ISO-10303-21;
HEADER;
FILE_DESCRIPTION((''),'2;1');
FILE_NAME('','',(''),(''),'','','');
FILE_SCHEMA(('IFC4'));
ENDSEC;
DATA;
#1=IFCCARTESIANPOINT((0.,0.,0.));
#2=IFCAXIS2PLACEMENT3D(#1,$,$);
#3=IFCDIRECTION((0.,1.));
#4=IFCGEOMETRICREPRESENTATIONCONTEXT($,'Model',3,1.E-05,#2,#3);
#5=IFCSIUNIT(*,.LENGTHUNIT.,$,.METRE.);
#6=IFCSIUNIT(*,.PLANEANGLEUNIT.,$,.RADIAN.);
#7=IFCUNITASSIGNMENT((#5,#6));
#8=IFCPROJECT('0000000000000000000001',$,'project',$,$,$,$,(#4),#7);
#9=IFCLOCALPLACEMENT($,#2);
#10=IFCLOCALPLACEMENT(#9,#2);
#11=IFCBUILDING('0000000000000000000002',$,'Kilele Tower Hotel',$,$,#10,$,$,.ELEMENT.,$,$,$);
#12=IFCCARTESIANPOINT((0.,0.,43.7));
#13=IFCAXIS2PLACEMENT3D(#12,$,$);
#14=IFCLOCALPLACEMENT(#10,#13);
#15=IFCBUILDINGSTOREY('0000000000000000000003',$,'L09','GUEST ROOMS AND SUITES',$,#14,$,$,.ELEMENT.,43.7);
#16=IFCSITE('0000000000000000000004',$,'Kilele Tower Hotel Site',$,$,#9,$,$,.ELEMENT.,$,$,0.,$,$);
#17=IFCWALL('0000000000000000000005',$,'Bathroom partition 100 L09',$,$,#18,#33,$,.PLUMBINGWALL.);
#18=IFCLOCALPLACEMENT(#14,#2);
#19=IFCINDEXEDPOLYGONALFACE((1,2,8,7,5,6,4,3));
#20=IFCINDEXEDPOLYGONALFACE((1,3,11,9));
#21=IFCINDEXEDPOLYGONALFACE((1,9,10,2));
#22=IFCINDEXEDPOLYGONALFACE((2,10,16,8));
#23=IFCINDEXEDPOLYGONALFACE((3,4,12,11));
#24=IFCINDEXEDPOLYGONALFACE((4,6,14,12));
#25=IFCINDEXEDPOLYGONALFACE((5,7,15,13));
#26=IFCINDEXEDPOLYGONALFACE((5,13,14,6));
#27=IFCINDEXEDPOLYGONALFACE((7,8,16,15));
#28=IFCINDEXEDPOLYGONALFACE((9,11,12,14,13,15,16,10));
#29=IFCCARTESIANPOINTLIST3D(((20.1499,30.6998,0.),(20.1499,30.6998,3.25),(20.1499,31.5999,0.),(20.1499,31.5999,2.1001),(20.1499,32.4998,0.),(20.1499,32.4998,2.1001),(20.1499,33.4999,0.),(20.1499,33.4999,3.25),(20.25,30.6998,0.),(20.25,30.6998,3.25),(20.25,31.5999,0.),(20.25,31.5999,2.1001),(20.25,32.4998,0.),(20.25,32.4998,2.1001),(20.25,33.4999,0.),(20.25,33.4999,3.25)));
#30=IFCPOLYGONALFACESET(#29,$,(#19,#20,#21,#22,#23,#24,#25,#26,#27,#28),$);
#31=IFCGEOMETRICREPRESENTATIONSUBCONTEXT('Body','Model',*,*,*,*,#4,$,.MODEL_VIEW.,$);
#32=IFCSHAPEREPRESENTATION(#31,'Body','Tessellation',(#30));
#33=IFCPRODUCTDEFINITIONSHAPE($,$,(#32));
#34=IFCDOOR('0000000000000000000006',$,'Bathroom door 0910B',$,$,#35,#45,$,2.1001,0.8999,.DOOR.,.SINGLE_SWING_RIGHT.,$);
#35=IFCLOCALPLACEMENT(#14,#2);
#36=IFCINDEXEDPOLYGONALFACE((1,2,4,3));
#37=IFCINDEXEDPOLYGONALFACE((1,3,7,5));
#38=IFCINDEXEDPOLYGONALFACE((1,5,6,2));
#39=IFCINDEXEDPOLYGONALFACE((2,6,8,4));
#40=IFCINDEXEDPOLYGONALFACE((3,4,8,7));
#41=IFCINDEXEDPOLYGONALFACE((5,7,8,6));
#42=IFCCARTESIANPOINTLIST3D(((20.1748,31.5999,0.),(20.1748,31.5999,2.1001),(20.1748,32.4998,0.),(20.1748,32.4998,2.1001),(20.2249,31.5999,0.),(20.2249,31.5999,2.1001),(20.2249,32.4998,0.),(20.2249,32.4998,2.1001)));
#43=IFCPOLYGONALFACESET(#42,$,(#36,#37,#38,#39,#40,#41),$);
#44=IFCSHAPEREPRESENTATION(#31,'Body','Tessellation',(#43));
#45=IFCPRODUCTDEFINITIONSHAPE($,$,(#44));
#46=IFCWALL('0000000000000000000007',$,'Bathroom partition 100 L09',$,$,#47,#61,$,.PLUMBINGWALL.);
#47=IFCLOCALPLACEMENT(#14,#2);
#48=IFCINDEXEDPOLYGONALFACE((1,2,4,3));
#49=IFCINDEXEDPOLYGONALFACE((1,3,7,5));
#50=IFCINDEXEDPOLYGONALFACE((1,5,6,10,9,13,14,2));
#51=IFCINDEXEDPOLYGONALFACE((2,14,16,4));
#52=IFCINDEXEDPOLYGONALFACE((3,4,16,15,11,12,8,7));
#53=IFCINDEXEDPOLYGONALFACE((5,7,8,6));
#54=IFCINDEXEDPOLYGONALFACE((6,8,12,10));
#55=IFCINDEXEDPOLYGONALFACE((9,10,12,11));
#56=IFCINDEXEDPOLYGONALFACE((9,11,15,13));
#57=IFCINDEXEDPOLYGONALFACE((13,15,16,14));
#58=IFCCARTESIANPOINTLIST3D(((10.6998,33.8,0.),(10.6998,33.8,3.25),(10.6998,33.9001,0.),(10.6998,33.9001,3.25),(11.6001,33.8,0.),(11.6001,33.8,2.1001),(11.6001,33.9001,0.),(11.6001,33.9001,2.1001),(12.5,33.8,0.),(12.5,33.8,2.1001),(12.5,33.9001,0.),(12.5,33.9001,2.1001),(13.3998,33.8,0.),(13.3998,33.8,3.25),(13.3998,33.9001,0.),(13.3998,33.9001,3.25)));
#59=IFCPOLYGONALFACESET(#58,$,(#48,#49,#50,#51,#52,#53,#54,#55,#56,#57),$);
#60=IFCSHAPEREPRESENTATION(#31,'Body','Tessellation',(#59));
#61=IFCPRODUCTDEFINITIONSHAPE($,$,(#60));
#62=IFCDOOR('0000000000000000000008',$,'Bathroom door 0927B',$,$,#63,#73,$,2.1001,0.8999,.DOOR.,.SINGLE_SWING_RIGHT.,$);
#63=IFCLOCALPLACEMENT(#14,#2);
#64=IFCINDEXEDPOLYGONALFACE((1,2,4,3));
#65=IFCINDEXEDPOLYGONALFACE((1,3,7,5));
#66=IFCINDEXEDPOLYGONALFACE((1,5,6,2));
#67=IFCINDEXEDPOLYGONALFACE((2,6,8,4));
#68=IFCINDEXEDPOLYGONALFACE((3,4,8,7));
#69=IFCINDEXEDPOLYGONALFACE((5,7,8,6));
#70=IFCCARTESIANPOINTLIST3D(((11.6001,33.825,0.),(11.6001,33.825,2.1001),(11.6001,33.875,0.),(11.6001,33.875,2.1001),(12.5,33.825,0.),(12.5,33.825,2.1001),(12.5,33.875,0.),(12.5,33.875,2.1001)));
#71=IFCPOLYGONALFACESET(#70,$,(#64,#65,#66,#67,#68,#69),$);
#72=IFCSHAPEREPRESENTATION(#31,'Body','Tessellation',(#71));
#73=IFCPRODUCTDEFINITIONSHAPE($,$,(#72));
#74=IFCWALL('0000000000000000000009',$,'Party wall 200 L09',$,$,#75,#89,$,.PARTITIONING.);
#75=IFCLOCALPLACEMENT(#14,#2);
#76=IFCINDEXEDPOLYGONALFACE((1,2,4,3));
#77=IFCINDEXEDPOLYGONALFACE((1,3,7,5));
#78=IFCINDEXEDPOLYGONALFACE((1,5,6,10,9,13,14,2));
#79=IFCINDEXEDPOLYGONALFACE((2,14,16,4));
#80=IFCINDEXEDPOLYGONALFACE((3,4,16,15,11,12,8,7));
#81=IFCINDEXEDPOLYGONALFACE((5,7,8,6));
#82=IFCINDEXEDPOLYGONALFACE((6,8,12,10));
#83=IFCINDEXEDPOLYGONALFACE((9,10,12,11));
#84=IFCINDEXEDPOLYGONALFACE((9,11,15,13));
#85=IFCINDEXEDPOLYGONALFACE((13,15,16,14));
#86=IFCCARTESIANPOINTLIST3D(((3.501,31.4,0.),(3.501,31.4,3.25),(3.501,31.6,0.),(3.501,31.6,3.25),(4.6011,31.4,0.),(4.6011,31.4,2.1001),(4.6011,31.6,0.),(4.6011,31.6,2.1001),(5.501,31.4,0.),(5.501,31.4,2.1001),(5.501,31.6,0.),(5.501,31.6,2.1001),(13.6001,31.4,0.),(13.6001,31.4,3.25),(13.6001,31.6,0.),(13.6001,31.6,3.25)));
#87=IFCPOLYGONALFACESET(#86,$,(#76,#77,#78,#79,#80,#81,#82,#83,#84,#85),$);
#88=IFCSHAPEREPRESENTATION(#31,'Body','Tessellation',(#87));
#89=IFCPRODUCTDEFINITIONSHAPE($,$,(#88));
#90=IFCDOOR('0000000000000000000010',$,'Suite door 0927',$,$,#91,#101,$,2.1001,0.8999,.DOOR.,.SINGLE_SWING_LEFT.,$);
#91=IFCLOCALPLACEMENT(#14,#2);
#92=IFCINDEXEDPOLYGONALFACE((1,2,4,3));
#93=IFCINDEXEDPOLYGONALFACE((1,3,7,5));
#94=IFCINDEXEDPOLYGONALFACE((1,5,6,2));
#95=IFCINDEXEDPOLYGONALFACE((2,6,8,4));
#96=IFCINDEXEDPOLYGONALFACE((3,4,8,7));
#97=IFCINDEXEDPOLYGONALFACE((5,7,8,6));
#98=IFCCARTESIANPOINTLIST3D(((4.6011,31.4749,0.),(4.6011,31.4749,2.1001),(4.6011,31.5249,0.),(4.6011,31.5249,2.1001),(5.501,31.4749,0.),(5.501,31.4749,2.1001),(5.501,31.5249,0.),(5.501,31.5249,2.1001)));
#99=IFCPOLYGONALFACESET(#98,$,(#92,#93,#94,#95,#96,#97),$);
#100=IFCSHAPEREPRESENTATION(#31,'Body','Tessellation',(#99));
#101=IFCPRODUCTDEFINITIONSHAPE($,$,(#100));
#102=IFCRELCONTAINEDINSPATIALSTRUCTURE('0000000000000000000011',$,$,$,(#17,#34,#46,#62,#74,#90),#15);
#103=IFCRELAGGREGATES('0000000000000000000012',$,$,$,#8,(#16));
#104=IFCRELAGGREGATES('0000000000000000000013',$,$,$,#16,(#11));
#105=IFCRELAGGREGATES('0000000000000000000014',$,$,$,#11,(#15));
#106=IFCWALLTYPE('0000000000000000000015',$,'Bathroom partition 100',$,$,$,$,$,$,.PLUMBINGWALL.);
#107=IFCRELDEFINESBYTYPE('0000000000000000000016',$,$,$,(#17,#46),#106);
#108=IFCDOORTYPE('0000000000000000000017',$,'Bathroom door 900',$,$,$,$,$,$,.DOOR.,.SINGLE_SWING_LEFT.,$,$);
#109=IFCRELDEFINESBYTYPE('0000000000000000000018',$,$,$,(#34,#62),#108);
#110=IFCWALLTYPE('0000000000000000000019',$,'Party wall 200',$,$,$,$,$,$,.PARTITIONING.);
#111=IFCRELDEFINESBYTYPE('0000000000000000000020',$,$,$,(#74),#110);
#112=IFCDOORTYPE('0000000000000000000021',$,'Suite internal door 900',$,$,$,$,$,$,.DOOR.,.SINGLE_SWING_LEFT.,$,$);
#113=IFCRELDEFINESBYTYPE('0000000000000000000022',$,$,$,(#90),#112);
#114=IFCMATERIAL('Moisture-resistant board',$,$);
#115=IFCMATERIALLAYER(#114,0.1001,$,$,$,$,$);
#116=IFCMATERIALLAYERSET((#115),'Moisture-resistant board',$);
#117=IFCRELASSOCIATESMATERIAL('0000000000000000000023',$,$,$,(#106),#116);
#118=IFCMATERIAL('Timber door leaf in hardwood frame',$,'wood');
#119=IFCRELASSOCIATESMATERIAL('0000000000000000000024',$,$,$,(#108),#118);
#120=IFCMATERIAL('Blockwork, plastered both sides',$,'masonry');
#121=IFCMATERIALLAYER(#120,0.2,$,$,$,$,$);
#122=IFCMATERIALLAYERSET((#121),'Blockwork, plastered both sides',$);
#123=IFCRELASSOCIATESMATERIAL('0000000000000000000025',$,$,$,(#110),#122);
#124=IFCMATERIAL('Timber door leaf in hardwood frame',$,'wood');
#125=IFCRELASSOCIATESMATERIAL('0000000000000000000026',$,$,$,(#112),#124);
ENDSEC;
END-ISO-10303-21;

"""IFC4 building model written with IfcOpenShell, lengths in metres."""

from ifc_helpers import new_model, si_unit, direction, frame, frame_2d, origin, place, context, subcontext, project, spatial, rectangle, extrude, material, layer, layer_set, type_object, element, fill, save


model = new_model("IFC4")

# Units and contexts
model_context = context("Model", 3, precision=1e-05, world=origin(), true_north=direction((0.0, 1.0)))
body_context = subcontext(model_context, "Body", "Model", "MODEL_VIEW")
ifc_project = project(units=[si_unit("LENGTHUNIT", "METRE"), si_unit("PLANEANGLEUNIT", "RADIAN")], contexts=[model_context])

# Site, building, storey
site_placement = place(None, origin())
site = spatial("IfcSite", under=ifc_project, at=site_placement, Name="Kilele Tower Hotel Site", CompositionType="ELEMENT", RefElevation=0.0)
building_placement = place(site_placement, origin())
building = spatial("IfcBuilding", under=site, at=building_placement, Name="Kilele Tower Hotel", CompositionType="ELEMENT")
storey_placement = place(building_placement, frame((0.0, 0.0, 43.7)))
storey = spatial("IfcBuildingStorey", under=building, at=storey_placement, Name="L09", Description="GUEST ROOMS AND SUITES", CompositionType="ELEMENT", Elevation=43.7)

# Shared definitions
ifc_material_1 = material(Name="Moisture-resistant board")
ifc_layer_1 = layer(ifc_material_1, 0.1001)
ifc_layer_set_1 = layer_set([ifc_layer_1], Name="Moisture-resistant board")
wall_type_1 = type_object("IfcWallType", Name="Bathroom partition 100", PredefinedType="PLUMBINGWALL", material=ifc_layer_set_1)

# Shared definitions
ifc_material_2 = material(Name="Timber door leaf in hardwood frame", Category="wood")
door_type_1 = type_object("IfcDoorType", Name="Bathroom door 900", OperationType="SINGLE_SWING_LEFT", PredefinedType="DOOR", material=ifc_material_2)

# Walls, openings, doors
wall_1_placement = place(storey_placement, frame((20.2, 30.7, 0.0), z_axis=(0.0, 0.0, 1.0), x_axis=(0.0, 1.0, 0.0)))
wall_1 = element("IfcWall", 1, at=wall_1_placement, inside=storey, type_object=wall_type_1, Name="Bathroom partition 100 L09", PredefinedType="PLUMBINGWALL", context=body_context, shape_type="SweptSolid", body=[
    extrude(rectangle(XDim=2.8, YDim=0.1001, at=frame_2d((1.3999, 0.0))), origin(), (0.0, 0.0, 1.0), 3.25),
])
opening_1_placement = place(wall_1_placement, frame((1.7998, 0.0, 0.0), z_axis=(0.0, 0.0, 1.0), x_axis=(-1.0, 0.0, 0.0)))
opening_1 = element("IfcOpeningElement", 2, at=opening_1_placement, cuts=wall_1, PredefinedType="OPENING", context=body_context, shape_type="SweptSolid", body=[
    extrude(rectangle(XDim=0.8999, YDim=2.1001, at=frame_2d((0.45, 1.05))), frame((0.0, 0.0601, 0.0), z_axis=(0.0, -1.0, 0.0), x_axis=(1.0, 0.0, 0.0)), (0.0, 0.0, 1.0), 0.1201),
])
door_1_placement = place(opening_1_placement, origin())
door_1 = element("IfcDoor", 3, at=door_1_placement, inside=storey, type_object=door_type_1, Name="Bathroom door 0910B", OperationType="SINGLE_SWING_RIGHT", OverallHeight=2.1001, OverallWidth=0.8999, PredefinedType="DOOR", context=body_context, shape_type="SweptSolid", body=[
    extrude(rectangle(XDim=0.8999, YDim=2.1001, at=frame_2d((0.45, 1.05))), frame((0.0, 0.0249, 0.0), z_axis=(0.0, -1.0, 0.0), x_axis=(1.0, 0.0, 0.0)), (0.0, 0.0, 1.0), 0.05),
])
fill(opening_1, door_1)
wall_2_placement = place(storey_placement, frame((13.3999, 33.8501, 0.0), z_axis=(0.0, 0.0, 1.0), x_axis=(-1.0, 0.0, 0.0)))
wall_2 = element("IfcWall", 4, at=wall_2_placement, inside=storey, type_object=wall_type_1, Name="Bathroom partition 100 L09", PredefinedType="PLUMBINGWALL", context=body_context, shape_type="SweptSolid", body=[
    extrude(rectangle(XDim=2.7, YDim=0.1001, at=frame_2d((1.3501, 0.0))), origin(), (0.0, 0.0, 1.0), 3.25),
])
opening_2_placement = place(wall_2_placement, frame((1.7998, 0.0, 0.0), z_axis=(0.0, 0.0, 1.0), x_axis=(-1.0, 0.0, 0.0)))
opening_2 = element("IfcOpeningElement", 5, at=opening_2_placement, cuts=wall_2, PredefinedType="OPENING", context=body_context, shape_type="SweptSolid", body=[
    extrude(rectangle(XDim=0.8999, YDim=2.1001, at=frame_2d((0.45, 1.05))), frame((0.0, 0.0601, 0.0), z_axis=(0.0, -1.0, 0.0), x_axis=(1.0, 0.0, 0.0)), (0.0, 0.0, 1.0), 0.1201),
])
door_2_placement = place(opening_2_placement, origin())
door_2 = element("IfcDoor", 6, at=door_2_placement, inside=storey, type_object=door_type_1, Name="Bathroom door 0927B", OperationType="SINGLE_SWING_RIGHT", OverallHeight=2.1001, OverallWidth=0.8999, PredefinedType="DOOR", context=body_context, shape_type="SweptSolid", body=[
    extrude(rectangle(XDim=0.8999, YDim=2.1001, at=frame_2d((0.45, 1.05))), frame((0.0, 0.0249, 0.0), z_axis=(0.0, -1.0, 0.0), x_axis=(1.0, 0.0, 0.0)), (0.0, 0.0, 1.0), 0.05),
])
fill(opening_2, door_2)
ifc_material_3 = material(Name="Blockwork, plastered both sides", Category="masonry")
ifc_layer_2 = layer(ifc_material_3, 0.2)
ifc_layer_set_2 = layer_set([ifc_layer_2], Name="Blockwork, plastered both sides")
wall_type_2 = type_object("IfcWallType", Name="Party wall 200", PredefinedType="PARTITIONING", material=ifc_layer_set_2)
wall_3_placement = place(storey_placement, frame((13.6001, 31.5, 0.0), z_axis=(0.0, 0.0, 1.0), x_axis=(-1.0, 0.0, 0.0)))
wall_3 = element("IfcWall", 7, at=wall_3_placement, inside=storey, type_object=wall_type_2, Name="Party wall 200 L09", PredefinedType="PARTITIONING", context=body_context, shape_type="SweptSolid", body=[
    extrude(rectangle(XDim=10.0991, YDim=0.2, at=frame_2d((5.0496, 0.0))), origin(), (0.0, 0.0, 1.0), 3.25),
])
opening_3_placement = place(wall_3_placement, frame((8.999, 0.0, 0.0), z_axis=(0.0, 0.0, 1.0), x_axis=(-1.0, 0.0, 0.0)))
opening_3 = element("IfcOpeningElement", 8, at=opening_3_placement, cuts=wall_3, PredefinedType="OPENING", context=body_context, shape_type="SweptSolid", body=[
    extrude(rectangle(XDim=0.8999, YDim=2.1001, at=frame_2d((0.45, 1.05))), frame((0.0, 0.1099, 0.0), z_axis=(0.0, -1.0, 0.0), x_axis=(1.0, 0.0, 0.0)), (0.0, 0.0, 1.0), 0.22),
])
ifc_material_4 = material(Name="Timber door leaf in hardwood frame", Category="wood")
door_type_2 = type_object("IfcDoorType", Name="Suite internal door 900", OperationType="SINGLE_SWING_LEFT", PredefinedType="DOOR", material=ifc_material_4)
door_3_placement = place(opening_3_placement, origin())
door_3 = element("IfcDoor", 9, at=door_3_placement, inside=storey, type_object=door_type_2, Name="Suite door 0927", OperationType="SINGLE_SWING_LEFT", OverallHeight=2.1001, OverallWidth=0.8999, PredefinedType="DOOR", context=body_context, shape_type="SweptSolid", body=[
    extrude(rectangle(XDim=0.8999, YDim=2.1001, at=frame_2d((0.45, 1.05))), frame((0.0, 0.0249, 0.0), z_axis=(0.0, -1.0, 0.0), x_axis=(1.0, 0.0, 0.0)), (0.0, 0.0, 1.0), 0.05),
])
fill(opening_3, door_3)

save(model, "model.ifc")
